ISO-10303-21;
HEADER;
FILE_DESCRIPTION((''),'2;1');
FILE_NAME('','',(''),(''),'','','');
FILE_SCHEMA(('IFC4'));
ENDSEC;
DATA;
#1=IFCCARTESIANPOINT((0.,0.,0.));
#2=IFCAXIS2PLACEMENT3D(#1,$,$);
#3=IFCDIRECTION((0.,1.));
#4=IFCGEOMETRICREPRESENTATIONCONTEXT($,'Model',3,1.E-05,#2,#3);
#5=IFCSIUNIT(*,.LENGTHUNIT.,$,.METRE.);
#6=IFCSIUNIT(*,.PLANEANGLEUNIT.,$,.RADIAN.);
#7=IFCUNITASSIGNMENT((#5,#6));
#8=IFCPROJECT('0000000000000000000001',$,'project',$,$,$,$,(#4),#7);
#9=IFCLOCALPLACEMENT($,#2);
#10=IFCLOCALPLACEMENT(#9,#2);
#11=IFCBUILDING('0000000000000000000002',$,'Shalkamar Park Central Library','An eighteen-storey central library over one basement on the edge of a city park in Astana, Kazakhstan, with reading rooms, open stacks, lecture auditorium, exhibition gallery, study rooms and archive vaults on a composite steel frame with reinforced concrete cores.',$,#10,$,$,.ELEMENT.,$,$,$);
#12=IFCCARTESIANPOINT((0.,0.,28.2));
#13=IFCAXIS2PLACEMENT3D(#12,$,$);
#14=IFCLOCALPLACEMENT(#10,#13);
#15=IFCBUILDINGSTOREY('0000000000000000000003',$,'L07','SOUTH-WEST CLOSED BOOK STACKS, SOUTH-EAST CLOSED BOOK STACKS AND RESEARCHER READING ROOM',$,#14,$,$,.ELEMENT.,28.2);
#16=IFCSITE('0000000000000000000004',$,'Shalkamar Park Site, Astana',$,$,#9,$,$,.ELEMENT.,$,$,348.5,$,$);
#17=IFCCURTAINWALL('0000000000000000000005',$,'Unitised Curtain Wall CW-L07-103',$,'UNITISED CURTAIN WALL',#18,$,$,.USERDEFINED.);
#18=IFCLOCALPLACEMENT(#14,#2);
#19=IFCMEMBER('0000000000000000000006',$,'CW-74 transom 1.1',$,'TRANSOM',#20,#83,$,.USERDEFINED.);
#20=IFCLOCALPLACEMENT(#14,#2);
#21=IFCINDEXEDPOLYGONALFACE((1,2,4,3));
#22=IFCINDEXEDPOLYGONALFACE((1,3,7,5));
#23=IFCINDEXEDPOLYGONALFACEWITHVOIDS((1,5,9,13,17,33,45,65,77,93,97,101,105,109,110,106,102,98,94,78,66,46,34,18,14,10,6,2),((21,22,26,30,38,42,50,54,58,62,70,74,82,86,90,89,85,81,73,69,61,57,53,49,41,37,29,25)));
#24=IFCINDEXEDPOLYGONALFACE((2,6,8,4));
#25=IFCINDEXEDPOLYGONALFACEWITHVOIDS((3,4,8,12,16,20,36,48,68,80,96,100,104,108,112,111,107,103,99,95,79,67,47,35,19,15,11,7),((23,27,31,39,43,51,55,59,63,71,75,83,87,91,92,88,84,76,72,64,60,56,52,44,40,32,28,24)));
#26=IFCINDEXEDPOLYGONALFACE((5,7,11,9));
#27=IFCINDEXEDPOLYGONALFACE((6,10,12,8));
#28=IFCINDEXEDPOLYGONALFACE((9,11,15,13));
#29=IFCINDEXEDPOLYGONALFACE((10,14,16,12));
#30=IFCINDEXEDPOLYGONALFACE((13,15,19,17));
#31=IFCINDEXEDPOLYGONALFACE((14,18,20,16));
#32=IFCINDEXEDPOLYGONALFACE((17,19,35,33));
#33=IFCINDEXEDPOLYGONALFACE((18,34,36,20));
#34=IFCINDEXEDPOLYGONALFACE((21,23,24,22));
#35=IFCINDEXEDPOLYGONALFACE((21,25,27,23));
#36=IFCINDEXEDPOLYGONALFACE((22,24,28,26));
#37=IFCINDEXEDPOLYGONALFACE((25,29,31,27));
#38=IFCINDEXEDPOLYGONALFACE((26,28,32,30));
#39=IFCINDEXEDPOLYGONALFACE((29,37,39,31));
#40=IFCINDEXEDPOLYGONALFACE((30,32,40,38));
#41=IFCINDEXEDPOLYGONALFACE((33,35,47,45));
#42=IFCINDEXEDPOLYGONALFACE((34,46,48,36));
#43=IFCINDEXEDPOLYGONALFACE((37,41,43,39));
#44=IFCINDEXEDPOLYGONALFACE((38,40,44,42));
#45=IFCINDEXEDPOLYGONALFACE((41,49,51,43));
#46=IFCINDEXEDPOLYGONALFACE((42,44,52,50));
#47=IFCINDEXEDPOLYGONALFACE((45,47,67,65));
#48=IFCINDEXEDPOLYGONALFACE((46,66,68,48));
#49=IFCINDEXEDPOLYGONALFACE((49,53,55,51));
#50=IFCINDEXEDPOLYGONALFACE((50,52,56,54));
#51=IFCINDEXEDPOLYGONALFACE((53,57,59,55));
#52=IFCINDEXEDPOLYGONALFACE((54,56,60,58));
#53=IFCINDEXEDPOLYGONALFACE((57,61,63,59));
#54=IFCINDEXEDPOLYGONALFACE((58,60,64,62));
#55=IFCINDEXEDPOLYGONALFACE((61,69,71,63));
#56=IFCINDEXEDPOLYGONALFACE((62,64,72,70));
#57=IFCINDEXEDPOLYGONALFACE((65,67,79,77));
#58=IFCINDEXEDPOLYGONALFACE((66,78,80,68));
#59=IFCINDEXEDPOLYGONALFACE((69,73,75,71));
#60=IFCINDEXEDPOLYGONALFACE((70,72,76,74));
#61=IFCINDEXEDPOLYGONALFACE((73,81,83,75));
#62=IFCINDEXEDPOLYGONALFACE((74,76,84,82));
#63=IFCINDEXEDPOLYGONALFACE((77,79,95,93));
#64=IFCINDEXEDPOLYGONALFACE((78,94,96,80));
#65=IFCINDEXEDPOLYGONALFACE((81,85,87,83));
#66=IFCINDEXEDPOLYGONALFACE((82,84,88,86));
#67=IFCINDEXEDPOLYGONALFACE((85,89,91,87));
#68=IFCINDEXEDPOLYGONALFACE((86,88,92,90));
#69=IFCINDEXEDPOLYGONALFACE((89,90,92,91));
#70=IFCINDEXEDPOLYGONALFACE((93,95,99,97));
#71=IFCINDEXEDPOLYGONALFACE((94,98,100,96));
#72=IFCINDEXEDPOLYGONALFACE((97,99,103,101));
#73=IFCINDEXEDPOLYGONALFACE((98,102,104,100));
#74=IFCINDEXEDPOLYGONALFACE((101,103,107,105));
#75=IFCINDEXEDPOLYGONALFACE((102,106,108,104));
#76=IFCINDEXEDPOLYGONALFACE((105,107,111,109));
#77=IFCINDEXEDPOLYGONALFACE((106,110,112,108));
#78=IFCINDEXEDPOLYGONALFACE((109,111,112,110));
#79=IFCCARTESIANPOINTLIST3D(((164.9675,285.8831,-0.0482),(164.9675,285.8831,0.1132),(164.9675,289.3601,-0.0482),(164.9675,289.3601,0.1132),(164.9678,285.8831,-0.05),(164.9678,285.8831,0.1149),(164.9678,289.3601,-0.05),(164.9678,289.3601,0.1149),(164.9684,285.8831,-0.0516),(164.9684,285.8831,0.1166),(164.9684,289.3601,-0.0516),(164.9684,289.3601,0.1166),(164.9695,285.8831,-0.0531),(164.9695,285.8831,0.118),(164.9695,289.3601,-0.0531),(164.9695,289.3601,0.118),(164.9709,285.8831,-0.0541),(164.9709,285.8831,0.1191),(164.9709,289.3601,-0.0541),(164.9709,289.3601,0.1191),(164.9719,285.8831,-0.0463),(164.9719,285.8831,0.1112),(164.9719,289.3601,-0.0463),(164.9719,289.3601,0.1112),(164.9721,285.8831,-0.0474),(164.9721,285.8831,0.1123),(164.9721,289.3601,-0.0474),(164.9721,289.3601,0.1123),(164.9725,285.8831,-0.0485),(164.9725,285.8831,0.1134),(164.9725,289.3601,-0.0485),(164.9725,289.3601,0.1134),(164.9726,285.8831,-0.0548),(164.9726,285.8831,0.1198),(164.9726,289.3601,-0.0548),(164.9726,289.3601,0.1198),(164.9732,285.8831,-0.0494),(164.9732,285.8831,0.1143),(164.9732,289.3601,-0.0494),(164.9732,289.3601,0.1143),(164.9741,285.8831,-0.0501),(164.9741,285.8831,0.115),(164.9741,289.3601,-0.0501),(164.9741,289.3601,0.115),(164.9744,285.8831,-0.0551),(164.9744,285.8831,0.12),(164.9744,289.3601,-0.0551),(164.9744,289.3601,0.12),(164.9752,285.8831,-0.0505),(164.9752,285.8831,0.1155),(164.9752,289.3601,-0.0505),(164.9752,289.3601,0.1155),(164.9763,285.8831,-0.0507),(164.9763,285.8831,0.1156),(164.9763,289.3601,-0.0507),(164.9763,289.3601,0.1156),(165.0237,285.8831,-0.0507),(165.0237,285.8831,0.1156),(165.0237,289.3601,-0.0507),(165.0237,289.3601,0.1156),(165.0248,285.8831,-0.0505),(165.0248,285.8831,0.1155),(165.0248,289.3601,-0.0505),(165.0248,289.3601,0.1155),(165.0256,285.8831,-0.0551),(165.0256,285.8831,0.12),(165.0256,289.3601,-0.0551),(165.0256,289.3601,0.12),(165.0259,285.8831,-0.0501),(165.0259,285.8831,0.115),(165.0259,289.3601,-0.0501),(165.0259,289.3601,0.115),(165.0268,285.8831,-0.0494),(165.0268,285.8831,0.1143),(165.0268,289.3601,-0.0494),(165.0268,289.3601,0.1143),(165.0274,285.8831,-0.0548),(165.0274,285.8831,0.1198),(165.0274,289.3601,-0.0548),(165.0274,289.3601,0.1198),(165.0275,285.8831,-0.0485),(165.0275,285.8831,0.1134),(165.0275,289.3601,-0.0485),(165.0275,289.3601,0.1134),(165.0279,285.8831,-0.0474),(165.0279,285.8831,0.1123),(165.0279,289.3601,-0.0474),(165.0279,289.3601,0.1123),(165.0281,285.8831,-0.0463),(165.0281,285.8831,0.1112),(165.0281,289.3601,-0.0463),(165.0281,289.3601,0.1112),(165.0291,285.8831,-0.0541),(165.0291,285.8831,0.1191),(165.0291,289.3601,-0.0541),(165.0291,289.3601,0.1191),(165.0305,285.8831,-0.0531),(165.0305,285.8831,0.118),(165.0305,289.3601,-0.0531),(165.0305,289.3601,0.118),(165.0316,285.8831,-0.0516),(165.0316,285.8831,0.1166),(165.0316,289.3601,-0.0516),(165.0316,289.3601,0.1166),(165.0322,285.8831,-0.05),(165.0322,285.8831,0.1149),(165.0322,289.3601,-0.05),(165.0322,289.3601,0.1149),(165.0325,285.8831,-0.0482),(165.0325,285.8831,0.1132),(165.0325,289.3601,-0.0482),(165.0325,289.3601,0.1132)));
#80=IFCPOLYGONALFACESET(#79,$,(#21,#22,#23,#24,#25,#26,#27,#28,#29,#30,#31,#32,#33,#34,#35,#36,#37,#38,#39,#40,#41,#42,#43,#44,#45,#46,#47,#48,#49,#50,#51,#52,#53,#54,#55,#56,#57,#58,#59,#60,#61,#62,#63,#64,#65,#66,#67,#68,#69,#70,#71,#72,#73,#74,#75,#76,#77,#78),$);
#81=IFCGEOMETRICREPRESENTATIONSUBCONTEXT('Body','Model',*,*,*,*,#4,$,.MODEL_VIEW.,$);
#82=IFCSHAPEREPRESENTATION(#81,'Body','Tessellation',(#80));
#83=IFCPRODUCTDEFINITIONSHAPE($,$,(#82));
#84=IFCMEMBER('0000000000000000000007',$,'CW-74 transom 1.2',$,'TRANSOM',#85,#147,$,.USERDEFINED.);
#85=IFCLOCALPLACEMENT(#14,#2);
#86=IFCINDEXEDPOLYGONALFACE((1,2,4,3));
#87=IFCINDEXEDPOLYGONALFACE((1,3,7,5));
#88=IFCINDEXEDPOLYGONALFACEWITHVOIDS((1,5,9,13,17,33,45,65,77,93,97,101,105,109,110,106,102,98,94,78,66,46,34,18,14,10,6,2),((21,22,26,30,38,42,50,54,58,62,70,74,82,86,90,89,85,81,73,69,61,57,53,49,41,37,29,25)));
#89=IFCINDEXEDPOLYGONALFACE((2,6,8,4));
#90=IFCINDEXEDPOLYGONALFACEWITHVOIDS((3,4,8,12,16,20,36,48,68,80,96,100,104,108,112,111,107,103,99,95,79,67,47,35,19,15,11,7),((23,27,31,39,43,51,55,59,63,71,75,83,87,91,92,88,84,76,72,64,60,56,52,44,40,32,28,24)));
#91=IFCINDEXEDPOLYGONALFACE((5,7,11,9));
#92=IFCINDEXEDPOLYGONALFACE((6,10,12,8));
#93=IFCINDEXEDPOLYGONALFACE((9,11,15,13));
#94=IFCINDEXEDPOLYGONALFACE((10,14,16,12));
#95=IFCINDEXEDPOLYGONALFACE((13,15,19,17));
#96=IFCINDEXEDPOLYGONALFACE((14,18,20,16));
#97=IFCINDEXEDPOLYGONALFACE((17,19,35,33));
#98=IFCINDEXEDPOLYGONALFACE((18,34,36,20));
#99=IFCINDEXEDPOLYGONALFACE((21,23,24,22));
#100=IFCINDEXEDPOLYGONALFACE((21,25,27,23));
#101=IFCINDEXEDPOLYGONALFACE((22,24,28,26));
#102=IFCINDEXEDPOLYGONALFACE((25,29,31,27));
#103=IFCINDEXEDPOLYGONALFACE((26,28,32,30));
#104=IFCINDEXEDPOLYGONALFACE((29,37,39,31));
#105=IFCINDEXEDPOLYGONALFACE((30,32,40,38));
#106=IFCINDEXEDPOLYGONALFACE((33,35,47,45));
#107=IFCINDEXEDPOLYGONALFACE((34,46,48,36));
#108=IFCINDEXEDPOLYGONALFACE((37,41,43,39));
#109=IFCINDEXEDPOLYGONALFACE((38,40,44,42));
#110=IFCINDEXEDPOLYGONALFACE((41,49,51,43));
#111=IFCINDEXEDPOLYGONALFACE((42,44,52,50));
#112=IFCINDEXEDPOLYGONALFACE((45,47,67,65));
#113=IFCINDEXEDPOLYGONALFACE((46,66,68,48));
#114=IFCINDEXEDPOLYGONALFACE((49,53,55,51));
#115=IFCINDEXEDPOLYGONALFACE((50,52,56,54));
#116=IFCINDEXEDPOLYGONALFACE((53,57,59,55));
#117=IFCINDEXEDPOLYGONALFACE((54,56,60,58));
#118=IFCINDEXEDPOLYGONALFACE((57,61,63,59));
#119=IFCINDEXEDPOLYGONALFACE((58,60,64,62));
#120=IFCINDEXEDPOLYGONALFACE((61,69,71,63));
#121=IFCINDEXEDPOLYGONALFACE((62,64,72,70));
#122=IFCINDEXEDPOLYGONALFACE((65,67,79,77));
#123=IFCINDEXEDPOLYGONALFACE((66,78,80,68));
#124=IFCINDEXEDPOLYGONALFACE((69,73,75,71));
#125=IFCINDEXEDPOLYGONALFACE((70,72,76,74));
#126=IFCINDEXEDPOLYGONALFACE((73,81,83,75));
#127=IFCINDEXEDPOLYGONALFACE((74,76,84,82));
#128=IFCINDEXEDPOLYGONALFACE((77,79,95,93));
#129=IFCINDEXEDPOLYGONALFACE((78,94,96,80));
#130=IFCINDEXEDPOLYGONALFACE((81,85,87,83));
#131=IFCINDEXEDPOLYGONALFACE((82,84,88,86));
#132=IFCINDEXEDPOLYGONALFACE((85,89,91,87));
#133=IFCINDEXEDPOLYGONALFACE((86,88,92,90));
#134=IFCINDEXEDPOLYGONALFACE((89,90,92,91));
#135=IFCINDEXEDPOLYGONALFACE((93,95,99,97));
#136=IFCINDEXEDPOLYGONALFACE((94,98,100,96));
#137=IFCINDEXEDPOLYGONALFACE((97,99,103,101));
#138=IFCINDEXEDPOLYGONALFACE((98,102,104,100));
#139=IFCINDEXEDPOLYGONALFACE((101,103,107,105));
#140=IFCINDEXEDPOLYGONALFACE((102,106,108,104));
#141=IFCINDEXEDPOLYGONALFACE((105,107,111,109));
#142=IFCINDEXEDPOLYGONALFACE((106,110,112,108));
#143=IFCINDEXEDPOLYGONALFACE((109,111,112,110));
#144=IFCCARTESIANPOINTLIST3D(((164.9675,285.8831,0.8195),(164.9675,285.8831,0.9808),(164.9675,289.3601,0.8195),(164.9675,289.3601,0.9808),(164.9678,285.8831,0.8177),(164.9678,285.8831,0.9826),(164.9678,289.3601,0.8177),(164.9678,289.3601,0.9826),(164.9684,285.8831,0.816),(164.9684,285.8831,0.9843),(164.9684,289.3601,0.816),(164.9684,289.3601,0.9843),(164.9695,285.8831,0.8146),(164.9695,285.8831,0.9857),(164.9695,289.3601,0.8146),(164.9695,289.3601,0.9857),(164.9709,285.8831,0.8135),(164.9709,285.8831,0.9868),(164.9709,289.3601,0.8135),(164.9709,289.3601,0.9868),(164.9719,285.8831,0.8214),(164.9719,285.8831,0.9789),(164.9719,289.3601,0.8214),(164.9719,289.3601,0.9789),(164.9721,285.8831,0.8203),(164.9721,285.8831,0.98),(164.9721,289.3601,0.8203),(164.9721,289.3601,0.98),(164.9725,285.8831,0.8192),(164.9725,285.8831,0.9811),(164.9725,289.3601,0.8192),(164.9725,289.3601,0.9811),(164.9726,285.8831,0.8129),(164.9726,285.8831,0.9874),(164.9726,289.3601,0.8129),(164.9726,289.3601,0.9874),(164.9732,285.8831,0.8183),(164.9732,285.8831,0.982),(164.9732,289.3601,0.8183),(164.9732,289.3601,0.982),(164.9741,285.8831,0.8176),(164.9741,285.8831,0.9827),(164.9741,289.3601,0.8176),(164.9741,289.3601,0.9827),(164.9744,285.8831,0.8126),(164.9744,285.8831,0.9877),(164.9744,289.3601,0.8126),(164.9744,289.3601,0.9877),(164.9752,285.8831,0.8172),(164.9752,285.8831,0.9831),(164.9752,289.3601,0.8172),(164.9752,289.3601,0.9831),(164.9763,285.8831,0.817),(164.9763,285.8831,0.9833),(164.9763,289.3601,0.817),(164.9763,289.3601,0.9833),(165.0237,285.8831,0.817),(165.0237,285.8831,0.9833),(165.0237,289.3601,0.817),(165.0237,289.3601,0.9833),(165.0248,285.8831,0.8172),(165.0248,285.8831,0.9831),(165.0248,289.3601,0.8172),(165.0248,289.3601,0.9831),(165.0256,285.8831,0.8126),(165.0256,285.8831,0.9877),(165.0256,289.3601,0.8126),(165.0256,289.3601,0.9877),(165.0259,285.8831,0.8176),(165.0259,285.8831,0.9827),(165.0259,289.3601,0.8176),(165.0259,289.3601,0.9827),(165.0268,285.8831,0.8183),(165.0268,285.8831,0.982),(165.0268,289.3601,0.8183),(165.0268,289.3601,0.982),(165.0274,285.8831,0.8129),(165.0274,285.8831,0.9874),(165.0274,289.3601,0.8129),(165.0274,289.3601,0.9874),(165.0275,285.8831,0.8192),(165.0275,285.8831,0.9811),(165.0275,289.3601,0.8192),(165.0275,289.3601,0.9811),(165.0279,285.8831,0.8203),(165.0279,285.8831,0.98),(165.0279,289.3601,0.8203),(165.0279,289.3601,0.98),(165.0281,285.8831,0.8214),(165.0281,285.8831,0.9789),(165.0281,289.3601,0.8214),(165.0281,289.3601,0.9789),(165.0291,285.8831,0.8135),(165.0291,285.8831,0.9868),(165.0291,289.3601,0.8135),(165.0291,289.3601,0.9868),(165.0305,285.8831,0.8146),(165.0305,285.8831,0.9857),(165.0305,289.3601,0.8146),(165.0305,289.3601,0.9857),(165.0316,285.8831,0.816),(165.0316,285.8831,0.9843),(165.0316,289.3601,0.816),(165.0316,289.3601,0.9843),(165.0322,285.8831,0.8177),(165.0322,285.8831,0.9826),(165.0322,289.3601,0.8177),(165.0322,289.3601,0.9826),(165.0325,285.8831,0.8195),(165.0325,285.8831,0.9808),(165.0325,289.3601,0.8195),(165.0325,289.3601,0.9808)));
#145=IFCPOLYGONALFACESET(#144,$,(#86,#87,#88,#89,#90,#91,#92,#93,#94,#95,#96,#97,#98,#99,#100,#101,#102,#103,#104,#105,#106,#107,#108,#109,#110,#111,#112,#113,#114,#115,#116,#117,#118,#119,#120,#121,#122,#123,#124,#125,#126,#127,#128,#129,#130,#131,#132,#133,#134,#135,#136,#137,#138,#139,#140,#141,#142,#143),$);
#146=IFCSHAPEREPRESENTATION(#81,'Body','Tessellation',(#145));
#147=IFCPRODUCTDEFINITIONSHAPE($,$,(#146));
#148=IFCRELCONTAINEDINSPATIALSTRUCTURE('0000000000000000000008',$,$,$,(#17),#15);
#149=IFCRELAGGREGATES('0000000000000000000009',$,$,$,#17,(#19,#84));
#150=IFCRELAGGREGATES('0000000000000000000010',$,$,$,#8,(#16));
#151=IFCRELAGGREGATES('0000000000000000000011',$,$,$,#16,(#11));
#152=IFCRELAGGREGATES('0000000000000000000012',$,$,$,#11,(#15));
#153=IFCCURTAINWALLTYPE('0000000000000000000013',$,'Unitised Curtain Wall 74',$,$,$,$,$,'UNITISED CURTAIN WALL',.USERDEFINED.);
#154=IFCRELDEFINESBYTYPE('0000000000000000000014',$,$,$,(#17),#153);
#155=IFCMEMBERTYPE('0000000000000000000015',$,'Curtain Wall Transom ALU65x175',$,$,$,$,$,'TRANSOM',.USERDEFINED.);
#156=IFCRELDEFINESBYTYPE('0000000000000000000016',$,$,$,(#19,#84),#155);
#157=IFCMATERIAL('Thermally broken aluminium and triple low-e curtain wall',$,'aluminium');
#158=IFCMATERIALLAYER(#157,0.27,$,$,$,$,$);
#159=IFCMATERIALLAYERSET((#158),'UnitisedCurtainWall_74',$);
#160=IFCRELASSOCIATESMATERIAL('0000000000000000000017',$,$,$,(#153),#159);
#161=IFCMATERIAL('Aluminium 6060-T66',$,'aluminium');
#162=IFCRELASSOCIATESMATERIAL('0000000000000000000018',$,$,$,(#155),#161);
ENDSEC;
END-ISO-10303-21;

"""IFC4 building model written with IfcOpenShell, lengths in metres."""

from ifc_helpers import new_model, si_unit, direction, frame, origin, origin_2d, place, context, subcontext, project, spatial, hollow_rectangle, extrude, material, layer, layer_set, material_profile, profile_set, type_object, element, aggregate, save


model = new_model("IFC4")

# Units and contexts
model_context = context("Model", 3, precision=1e-05, world=origin(), true_north=direction((0.0, 1.0)))
body_context = subcontext(model_context, "Body", "Model", "MODEL_VIEW")
ifc_project = project(units=[si_unit("LENGTHUNIT", "METRE"), si_unit("PLANEANGLEUNIT", "RADIAN")], contexts=[model_context])

# Site, building, storey
site_placement = place(None, origin())
site = spatial("IfcSite", under=ifc_project, at=site_placement, Name="Shalkamar Park Site, Astana", CompositionType="ELEMENT", RefElevation=348.5)
building_placement = place(site_placement, origin())
building = spatial("IfcBuilding", under=site, at=building_placement, Name="Shalkamar Park Central Library", Description="An eighteen-storey central library over one basement on the edge of a city park in Astana, Kazakhstan, with reading rooms, open stacks, lecture auditorium, exhibition gallery, study rooms and archive vaults on a composite steel frame with reinforced concrete cores.", CompositionType="ELEMENT")
storey_placement = place(building_placement, frame((0.0, 0.0, 28.2)))
storey = spatial("IfcBuildingStorey", under=building, at=storey_placement, Name="L07", Description="SOUTH-WEST CLOSED BOOK STACKS, SOUTH-EAST CLOSED BOOK STACKS AND RESEARCHER READING ROOM", CompositionType="ELEMENT", Elevation=28.2)

# Curtain wall, members
ifc_material_1 = material(Name="Thermally broken aluminium and triple low-e curtain wall", Category="aluminium")
ifc_layer_1 = layer(ifc_material_1, 0.27)
ifc_layer_set_1 = layer_set([ifc_layer_1], Name="UnitisedCurtainWall_74")
curtain_wall_type = type_object("IfcCurtainWallType", Name="Unitised Curtain Wall 74", ElementType="UNITISED CURTAIN WALL", PredefinedType="USERDEFINED", material=ifc_layer_set_1)
curtain_wall_placement = place(storey_placement, origin())
curtain_wall = element("IfcCurtainWall", 1, at=curtain_wall_placement, inside=storey, type_object=curtain_wall_type, Name="Unitised Curtain Wall CW-L07-103", ObjectType="UNITISED CURTAIN WALL", PredefinedType="USERDEFINED")
ifc_material_2 = material(Name="Aluminium 6060-T66", Category="aluminium")
ifc_material_profile_1 = material_profile(ifc_material_2, hollow_rectangle(XDim=0.0649, YDim=0.175, WallThickness=0.0044, InnerFilletRadius=0.0044, OuterFilletRadius=0.0068, at=origin_2d()), Name="ALU 65x175x4.5")
ifc_profile_set_1 = profile_set([ifc_material_profile_1], Name="Aluminium 6060-T66")
member_type_1 = type_object("IfcMemberType", Name="Curtain Wall Transom ALU65x175", ElementType="TRANSOM", PredefinedType="USERDEFINED", material=ifc_profile_set_1)
member_1_placement = place(storey_placement, frame((165.0, 285.8831, 0.0325), z_axis=(0.0, 1.0, 0.0), x_axis=(-1.0, 0.0, 0.0)))
member_1 = element("IfcMember", 2, at=member_1_placement, type_object=member_type_1, Name="CW-74 transom 1.1", ObjectType="TRANSOM", PredefinedType="USERDEFINED", context=body_context, shape_type="SweptSolid", body=[
    extrude(hollow_rectangle(XDim=0.0649, YDim=0.175, WallThickness=0.0044, InnerFilletRadius=0.0044, OuterFilletRadius=0.0068, at=origin_2d()), origin(), (0.0, 0.0, 1.0), 3.4771),
])
member_2_placement = place(storey_placement, frame((165.0, 285.8831, 0.9001), z_axis=(0.0, 1.0, 0.0), x_axis=(-1.0, 0.0, 0.0)))
member_2 = element("IfcMember", 3, at=member_2_placement, type_object=member_type_1, Name="CW-74 transom 1.2", ObjectType="TRANSOM", PredefinedType="USERDEFINED", context=body_context, shape_type="SweptSolid", body=[
    extrude(hollow_rectangle(XDim=0.0649, YDim=0.175, WallThickness=0.0044, InnerFilletRadius=0.0044, OuterFilletRadius=0.0068, at=origin_2d()), origin(), (0.0, 0.0, 1.0), 3.4771),
])

aggregate(curtain_wall, [member_1, member_2])

save(model, "model.ifc")
